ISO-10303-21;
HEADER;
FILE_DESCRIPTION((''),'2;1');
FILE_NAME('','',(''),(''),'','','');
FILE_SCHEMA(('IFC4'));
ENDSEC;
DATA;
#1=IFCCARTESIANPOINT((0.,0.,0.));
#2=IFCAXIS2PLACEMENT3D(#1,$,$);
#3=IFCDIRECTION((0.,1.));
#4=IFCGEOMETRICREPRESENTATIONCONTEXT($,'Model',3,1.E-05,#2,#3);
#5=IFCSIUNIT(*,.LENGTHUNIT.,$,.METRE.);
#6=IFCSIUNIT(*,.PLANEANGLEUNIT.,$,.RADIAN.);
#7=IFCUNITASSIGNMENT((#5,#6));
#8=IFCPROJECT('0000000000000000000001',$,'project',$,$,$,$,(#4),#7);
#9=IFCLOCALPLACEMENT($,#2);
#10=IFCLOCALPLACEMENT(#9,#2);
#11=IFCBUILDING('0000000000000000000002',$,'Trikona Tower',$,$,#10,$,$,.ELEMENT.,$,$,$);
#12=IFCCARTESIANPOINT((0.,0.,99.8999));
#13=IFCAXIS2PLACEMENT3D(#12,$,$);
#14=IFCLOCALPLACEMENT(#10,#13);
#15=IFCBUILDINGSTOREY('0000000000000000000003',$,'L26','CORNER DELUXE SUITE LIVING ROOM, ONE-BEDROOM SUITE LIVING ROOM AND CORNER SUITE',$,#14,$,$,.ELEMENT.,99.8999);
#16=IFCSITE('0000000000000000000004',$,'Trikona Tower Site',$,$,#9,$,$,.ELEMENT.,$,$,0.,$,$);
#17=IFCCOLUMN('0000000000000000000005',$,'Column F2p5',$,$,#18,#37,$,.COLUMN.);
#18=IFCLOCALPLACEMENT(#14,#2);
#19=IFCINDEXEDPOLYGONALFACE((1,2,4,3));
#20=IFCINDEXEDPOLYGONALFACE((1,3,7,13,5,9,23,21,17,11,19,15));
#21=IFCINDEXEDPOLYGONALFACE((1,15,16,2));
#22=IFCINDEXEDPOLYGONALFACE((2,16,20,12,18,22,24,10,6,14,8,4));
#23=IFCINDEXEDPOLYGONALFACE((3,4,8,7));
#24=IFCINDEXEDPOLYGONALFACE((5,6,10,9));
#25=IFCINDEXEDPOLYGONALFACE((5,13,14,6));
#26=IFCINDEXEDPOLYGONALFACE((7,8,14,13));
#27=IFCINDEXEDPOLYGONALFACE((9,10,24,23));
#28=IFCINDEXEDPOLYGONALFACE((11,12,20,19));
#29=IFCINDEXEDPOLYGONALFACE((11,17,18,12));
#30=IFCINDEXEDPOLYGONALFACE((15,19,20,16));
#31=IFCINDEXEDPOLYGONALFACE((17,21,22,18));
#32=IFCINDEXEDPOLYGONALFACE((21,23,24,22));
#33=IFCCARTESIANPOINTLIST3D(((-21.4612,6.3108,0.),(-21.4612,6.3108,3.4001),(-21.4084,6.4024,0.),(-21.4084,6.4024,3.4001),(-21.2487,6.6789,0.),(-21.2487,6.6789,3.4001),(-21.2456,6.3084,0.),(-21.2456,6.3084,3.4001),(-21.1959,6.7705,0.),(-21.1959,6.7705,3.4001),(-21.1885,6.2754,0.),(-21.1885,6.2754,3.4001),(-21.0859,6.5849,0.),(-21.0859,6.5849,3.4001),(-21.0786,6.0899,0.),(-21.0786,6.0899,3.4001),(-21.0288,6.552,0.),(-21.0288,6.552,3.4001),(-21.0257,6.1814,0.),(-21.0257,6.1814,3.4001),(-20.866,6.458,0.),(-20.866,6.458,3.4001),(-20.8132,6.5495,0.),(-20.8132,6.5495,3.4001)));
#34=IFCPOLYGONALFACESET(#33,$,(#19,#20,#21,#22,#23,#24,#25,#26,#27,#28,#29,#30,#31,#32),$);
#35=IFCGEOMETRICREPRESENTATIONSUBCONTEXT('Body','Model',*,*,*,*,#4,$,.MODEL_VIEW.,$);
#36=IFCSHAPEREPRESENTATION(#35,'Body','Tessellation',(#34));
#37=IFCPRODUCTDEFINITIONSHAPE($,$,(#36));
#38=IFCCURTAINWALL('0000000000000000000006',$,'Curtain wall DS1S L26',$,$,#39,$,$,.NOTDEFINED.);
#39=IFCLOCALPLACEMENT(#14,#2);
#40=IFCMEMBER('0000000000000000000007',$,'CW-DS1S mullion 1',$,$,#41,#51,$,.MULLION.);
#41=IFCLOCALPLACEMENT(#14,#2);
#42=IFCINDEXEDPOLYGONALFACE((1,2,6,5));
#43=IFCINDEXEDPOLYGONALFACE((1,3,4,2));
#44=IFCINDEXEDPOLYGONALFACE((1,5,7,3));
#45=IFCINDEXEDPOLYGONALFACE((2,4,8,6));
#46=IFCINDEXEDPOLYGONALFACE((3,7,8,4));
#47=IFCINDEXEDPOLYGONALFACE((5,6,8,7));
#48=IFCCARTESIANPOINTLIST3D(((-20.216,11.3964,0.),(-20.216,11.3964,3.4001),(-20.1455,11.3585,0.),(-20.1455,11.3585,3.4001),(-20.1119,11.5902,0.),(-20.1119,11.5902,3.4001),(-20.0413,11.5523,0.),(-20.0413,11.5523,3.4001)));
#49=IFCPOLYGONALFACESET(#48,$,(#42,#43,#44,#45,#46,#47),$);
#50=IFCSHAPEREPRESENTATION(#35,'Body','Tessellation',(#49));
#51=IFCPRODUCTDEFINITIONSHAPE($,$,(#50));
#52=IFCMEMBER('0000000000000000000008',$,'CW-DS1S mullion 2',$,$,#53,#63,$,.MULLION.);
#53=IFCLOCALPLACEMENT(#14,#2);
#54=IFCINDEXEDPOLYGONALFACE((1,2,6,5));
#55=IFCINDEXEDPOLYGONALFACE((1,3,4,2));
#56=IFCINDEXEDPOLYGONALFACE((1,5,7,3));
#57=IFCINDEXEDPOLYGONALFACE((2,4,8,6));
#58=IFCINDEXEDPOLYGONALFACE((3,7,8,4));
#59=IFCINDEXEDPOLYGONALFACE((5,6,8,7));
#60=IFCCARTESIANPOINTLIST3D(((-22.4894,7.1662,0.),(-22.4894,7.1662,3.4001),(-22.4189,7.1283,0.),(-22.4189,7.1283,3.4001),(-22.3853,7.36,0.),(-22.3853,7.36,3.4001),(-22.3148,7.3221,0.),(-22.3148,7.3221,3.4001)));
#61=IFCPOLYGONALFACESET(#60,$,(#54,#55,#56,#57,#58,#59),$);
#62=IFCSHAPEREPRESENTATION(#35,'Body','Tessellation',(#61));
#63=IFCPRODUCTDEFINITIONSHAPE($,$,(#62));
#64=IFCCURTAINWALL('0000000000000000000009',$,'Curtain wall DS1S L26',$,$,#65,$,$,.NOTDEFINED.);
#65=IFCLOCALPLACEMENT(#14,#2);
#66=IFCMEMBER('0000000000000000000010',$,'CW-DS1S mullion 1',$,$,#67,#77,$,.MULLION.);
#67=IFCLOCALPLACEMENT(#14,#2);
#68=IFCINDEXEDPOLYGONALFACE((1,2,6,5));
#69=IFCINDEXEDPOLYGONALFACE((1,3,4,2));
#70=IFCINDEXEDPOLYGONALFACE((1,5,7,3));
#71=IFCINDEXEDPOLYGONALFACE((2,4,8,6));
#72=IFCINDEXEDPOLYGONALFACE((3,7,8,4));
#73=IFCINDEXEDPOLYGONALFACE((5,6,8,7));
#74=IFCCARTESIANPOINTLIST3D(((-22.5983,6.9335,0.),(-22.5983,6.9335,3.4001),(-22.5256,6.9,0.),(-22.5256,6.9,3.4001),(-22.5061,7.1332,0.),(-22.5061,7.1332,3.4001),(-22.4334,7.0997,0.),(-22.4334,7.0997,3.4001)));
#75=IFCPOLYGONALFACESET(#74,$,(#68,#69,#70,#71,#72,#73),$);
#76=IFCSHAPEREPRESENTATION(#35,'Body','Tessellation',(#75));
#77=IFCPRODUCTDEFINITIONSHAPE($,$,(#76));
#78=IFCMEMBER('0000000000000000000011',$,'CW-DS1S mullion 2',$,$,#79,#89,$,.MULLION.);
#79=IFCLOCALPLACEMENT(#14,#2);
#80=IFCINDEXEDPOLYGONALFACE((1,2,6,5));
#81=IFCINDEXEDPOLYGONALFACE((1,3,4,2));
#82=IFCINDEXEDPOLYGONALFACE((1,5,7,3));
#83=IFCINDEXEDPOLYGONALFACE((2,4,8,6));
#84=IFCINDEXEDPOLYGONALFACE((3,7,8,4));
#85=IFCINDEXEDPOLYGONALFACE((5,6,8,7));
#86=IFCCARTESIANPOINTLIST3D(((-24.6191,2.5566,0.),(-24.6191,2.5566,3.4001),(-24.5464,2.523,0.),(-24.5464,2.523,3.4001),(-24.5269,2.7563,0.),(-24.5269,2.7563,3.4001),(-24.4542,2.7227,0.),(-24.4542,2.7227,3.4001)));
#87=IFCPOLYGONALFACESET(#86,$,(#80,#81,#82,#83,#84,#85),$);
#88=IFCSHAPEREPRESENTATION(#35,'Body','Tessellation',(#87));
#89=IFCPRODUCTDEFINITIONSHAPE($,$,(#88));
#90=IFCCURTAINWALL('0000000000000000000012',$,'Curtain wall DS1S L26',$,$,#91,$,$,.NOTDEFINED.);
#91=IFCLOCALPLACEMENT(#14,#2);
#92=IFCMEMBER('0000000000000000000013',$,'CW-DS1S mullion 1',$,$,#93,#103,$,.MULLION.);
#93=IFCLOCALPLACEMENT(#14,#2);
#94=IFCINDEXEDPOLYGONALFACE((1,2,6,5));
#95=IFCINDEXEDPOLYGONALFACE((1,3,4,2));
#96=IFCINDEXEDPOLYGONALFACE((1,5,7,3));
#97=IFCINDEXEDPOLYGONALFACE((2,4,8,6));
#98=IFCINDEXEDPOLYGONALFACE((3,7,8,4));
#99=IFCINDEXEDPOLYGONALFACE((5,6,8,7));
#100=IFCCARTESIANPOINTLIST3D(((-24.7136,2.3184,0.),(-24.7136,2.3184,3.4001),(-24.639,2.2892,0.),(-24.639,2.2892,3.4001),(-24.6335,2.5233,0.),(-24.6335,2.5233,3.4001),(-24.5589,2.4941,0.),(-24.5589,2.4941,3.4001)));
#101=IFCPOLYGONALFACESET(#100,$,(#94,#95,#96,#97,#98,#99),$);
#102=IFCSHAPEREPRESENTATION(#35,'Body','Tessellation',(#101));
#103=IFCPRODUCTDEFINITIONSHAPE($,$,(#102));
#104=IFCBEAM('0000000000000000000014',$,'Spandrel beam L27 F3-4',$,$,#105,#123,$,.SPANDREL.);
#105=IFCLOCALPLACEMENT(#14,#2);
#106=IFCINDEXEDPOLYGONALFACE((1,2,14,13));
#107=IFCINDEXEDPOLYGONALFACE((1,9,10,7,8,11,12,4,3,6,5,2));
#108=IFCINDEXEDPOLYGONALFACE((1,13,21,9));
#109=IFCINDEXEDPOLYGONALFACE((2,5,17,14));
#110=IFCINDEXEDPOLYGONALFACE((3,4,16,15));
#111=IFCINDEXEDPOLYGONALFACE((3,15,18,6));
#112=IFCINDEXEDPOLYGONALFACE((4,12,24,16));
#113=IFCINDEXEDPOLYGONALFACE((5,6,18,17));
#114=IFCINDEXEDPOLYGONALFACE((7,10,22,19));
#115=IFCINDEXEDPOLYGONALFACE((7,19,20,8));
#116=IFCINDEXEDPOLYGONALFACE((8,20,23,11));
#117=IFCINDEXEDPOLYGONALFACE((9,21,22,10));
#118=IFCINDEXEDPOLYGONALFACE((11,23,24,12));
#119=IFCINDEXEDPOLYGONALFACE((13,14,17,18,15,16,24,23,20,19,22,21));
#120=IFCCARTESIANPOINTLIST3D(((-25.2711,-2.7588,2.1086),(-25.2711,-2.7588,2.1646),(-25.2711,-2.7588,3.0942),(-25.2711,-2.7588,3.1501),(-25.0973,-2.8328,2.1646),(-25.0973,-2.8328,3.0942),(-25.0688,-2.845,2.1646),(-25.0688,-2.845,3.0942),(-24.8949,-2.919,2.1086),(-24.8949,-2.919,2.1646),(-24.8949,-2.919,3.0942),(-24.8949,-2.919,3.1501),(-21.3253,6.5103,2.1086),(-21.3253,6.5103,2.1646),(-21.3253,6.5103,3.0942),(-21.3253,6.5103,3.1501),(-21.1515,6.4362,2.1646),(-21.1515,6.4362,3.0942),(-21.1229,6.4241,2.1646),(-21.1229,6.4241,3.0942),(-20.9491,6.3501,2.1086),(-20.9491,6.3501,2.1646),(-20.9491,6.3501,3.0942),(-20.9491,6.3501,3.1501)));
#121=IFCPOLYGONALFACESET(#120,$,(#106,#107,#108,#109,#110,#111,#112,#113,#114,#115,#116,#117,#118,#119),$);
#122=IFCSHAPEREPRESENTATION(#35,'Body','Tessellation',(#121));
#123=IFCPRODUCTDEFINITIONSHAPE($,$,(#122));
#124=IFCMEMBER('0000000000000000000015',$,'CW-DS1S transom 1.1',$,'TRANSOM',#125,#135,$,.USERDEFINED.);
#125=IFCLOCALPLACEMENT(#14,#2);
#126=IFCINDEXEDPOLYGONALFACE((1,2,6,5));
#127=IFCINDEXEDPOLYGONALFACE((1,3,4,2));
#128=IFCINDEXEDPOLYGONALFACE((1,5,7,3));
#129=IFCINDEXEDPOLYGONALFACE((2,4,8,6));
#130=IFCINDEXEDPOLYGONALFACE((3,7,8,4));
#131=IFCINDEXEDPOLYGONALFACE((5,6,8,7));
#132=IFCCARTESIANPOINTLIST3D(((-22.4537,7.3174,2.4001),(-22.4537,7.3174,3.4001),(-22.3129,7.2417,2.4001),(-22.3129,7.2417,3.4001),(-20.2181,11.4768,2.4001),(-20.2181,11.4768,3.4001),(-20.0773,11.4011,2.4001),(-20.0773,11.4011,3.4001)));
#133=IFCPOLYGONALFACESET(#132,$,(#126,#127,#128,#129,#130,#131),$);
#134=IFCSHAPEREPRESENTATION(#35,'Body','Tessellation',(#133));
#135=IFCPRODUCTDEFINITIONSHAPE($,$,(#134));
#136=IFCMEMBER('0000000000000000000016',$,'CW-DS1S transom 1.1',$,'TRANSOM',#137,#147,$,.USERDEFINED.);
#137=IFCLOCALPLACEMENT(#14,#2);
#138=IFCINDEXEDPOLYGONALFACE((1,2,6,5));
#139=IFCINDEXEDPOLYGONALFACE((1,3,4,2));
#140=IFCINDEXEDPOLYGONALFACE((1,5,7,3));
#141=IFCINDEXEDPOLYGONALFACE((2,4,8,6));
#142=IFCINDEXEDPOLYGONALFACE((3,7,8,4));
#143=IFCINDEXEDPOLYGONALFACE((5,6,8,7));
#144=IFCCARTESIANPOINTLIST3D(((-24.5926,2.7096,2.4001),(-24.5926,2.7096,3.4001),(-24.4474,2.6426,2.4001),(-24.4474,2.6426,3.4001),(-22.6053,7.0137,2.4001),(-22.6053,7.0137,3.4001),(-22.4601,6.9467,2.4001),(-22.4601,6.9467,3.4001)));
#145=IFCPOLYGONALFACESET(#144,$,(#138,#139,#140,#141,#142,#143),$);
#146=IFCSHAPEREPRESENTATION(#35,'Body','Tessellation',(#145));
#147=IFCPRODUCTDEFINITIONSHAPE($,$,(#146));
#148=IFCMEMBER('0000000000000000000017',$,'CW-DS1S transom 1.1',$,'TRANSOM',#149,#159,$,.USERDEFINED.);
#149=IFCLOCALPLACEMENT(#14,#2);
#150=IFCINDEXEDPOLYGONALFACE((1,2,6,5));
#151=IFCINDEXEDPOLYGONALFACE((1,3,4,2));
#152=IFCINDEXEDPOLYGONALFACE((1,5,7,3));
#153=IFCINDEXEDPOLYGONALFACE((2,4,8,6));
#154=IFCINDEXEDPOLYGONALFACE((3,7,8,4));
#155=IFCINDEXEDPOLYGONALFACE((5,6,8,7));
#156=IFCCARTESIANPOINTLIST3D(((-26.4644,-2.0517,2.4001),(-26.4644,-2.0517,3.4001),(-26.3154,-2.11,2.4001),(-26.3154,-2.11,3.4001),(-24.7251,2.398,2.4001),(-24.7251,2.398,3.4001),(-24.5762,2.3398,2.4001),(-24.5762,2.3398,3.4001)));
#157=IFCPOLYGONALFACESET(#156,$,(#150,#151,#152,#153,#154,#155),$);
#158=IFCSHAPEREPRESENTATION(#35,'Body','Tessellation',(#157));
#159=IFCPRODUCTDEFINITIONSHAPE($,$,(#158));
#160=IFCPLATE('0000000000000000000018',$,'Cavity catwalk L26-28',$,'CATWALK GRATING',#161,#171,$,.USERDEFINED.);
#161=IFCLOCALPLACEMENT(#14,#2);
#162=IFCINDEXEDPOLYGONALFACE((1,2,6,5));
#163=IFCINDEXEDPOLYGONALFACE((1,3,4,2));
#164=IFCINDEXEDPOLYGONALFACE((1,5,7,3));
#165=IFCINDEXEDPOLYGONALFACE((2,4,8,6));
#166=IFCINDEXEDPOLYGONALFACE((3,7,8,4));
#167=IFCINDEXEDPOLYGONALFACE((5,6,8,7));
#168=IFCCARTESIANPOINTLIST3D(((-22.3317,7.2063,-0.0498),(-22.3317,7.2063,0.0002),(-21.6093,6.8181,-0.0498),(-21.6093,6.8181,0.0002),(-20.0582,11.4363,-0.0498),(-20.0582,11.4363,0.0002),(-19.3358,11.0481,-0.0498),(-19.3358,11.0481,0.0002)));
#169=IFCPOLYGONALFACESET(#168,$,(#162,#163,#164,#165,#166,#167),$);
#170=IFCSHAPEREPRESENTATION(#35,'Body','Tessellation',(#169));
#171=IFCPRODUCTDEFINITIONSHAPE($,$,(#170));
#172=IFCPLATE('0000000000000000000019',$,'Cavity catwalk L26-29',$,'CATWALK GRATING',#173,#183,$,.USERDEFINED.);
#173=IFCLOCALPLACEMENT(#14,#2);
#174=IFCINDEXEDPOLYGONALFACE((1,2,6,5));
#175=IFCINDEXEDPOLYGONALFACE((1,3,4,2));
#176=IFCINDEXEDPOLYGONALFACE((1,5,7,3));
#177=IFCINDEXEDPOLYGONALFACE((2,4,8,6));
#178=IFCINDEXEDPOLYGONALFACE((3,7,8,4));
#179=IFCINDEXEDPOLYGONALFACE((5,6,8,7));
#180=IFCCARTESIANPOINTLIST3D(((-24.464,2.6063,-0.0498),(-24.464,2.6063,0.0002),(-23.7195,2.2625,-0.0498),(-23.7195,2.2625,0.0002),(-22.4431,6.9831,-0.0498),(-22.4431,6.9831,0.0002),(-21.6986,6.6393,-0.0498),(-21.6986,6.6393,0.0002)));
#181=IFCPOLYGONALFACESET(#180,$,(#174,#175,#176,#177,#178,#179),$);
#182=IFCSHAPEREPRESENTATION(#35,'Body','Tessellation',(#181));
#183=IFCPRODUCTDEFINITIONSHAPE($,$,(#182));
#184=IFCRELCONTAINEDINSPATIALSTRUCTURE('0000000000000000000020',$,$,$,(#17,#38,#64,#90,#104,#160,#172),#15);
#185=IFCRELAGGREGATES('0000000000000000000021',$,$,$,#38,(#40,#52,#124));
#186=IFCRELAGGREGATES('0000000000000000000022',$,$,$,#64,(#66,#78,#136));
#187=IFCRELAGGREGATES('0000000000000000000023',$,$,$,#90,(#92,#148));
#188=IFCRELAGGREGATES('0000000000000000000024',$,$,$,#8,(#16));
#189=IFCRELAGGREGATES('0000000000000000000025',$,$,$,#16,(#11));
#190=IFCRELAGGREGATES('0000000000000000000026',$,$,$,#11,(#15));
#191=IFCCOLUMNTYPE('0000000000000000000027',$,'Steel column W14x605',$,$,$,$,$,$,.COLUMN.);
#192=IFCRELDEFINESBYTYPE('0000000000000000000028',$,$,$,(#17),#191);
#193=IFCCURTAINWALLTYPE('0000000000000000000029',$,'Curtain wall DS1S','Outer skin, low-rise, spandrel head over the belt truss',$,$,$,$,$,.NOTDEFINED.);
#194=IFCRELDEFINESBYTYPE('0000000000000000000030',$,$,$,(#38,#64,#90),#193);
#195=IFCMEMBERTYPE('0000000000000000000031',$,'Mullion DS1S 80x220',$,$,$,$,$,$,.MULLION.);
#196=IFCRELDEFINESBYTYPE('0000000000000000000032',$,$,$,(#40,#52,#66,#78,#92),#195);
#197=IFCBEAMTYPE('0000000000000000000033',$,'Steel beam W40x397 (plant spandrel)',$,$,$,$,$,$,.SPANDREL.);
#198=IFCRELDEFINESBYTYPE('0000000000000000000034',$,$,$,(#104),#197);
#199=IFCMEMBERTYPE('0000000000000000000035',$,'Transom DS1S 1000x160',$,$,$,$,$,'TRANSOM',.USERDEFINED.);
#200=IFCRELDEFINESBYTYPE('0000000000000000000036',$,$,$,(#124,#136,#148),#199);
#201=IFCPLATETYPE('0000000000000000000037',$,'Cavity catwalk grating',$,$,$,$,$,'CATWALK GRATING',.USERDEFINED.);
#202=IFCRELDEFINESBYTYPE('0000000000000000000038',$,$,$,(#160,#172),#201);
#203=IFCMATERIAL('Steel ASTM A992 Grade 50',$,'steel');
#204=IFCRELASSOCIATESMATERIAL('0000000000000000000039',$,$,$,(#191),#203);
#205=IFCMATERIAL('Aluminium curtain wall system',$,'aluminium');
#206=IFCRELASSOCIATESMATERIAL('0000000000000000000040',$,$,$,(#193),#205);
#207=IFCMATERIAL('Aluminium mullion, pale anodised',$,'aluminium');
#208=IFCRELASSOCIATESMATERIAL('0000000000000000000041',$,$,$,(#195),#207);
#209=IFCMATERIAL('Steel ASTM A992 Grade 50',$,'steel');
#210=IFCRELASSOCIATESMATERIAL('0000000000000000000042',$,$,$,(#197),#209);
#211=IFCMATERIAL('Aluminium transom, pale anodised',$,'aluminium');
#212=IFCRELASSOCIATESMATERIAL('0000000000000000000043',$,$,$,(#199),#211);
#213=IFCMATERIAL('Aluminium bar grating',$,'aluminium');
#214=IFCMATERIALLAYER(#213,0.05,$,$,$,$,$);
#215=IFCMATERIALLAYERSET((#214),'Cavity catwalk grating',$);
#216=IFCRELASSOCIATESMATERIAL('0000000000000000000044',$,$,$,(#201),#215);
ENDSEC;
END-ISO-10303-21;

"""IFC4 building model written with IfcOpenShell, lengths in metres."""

from ifc_helpers import new_model, si_unit, direction, frame, origin, origin_2d, place, context, subcontext, project, spatial, rectangle, i_section, extrude, material, layer, layer_set, material_profile, profile_set, type_object, element, aggregate, save


model = new_model("IFC4")

# Units and contexts
model_context = context("Model", 3, precision=1e-05, world=origin(), true_north=direction((0.0, 1.0)))
body_context = subcontext(model_context, "Body", "Model", "MODEL_VIEW")
ifc_project = project(units=[si_unit("LENGTHUNIT", "METRE"), si_unit("PLANEANGLEUNIT", "RADIAN")], contexts=[model_context])

# Site, building, storey
site_placement = place(None, origin())
site = spatial("IfcSite", under=ifc_project, at=site_placement, Name="Trikona Tower Site", CompositionType="ELEMENT", RefElevation=0.0)
building_placement = place(site_placement, origin())
building = spatial("IfcBuilding", under=site, at=building_placement, Name="Trikona Tower", CompositionType="ELEMENT")
storey_placement = place(building_placement, frame((0.0, 0.0, 99.8999)))
storey = spatial("IfcBuildingStorey", under=building, at=storey_placement, Name="L26", Description="CORNER DELUXE SUITE LIVING ROOM, ONE-BEDROOM SUITE LIVING ROOM AND CORNER SUITE", CompositionType="ELEMENT", Elevation=99.8999)

# Column
ifc_material_1 = material(Name="Steel ASTM A992 Grade 50", Category="steel")
ifc_material_profile_1 = material_profile(ifc_material_1, i_section(OverallWidth=0.4419, OverallDepth=0.5308, WebThickness=0.0659, FlangeThickness=0.1057, at=origin_2d()), Name="W14X605")
ifc_profile_set_1 = profile_set([ifc_material_profile_1], Name="Steel ASTM A992 Grade 50")
column_type = type_object("IfcColumnType", Name="Steel column W14x605", PredefinedType="COLUMN", material=ifc_profile_set_1)
column_placement = place(storey_placement, frame((-21.1372, 6.4302, 0.0), z_axis=(0.0, 0.0, 1.0), x_axis=(-0.866025, 0.5, 0.0)))
element("IfcColumn", 1, at=column_placement, inside=storey, type_object=column_type, Name="Column F2p5", PredefinedType="COLUMN", context=body_context, shape_type="SweptSolid", body=[
    extrude(i_section(OverallWidth=0.4419, OverallDepth=0.5308, WebThickness=0.0659, FlangeThickness=0.1057, at=origin_2d()), origin(), (0.0, 0.0, 1.0), 3.4001),
])

# Curtain walls, members
ifc_material_2 = material(Name="Aluminium curtain wall system", Category="aluminium")
curtain_wall_type = type_object("IfcCurtainWallType", Name="Curtain wall DS1S", Description="Outer skin, low-rise, spandrel head over the belt truss", PredefinedType="NOTDEFINED", material=ifc_material_2)
curtain_wall_1_placement = place(storey_placement, origin())
curtain_wall_1 = element("IfcCurtainWall", 2, at=curtain_wall_1_placement, inside=storey, type_object=curtain_wall_type, Name="Curtain wall DS1S L26", PredefinedType="NOTDEFINED")
ifc_material_3 = material(Name="Aluminium mullion, pale anodised", Category="aluminium")
ifc_material_profile_2 = material_profile(ifc_material_3, rectangle(XDim=0.0801, YDim=0.22, at=origin_2d()), Name="MUL-DS1S")
ifc_profile_set_2 = profile_set([ifc_material_profile_2], Name="Aluminium mullion, pale anodised")
member_type_1 = type_object("IfcMemberType", Name="Mullion DS1S 80x220", PredefinedType="MULLION", material=ifc_profile_set_2)
member_1_placement = place(storey_placement, frame((-20.1287, 11.4744, 0.0), z_axis=(0.0, 0.0, 1.0), x_axis=(0.880843, -0.473408, 0.0)))
member_1 = element("IfcMember", 3, at=member_1_placement, type_object=member_type_1, Name="CW-DS1S mullion 1", PredefinedType="MULLION", context=body_context, shape_type="SweptSolid", body=[
    extrude(rectangle(XDim=0.0801, YDim=0.22, at=origin_2d()), origin(), (0.0, 0.0, 1.0), 3.4001),
])
member_2_placement = place(storey_placement, frame((-22.4021, 7.2441, 0.0), z_axis=(0.0, 0.0, 1.0), x_axis=(0.880843, -0.473408, 0.0)))
member_2 = element("IfcMember", 4, at=member_2_placement, type_object=member_type_1, Name="CW-DS1S mullion 2", PredefinedType="MULLION", context=body_context, shape_type="SweptSolid", body=[
    extrude(rectangle(XDim=0.0801, YDim=0.22, at=origin_2d()), origin(), (0.0, 0.0, 1.0), 3.4001),
])
curtain_wall_2_placement = place(storey_placement, origin())
curtain_wall_2 = element("IfcCurtainWall", 5, at=curtain_wall_2_placement, inside=storey, type_object=curtain_wall_type, Name="Curtain wall DS1S L26", PredefinedType="NOTDEFINED")
member_3_placement = place(storey_placement, frame((-22.5159, 7.0166, 0.0), z_axis=(0.0, 0.0, 1.0), x_axis=(0.907898, -0.41919, 0.0)))
member_3 = element("IfcMember", 6, at=member_3_placement, type_object=member_type_1, Name="CW-DS1S mullion 1", PredefinedType="MULLION", context=body_context, shape_type="SweptSolid", body=[
    extrude(rectangle(XDim=0.0801, YDim=0.22, at=origin_2d()), origin(), (0.0, 0.0, 1.0), 3.4001),
])
member_4_placement = place(storey_placement, frame((-24.5366, 2.6396, 0.0), z_axis=(0.0, 0.0, 1.0), x_axis=(0.907898, -0.41919, 0.0)))
member_4 = element("IfcMember", 7, at=member_4_placement, type_object=member_type_1, Name="CW-DS1S mullion 2", PredefinedType="MULLION", context=body_context, shape_type="SweptSolid", body=[
    extrude(rectangle(XDim=0.0801, YDim=0.22, at=origin_2d()), origin(), (0.0, 0.0, 1.0), 3.4001),
])

# Curtain wall, member
curtain_wall_3_placement = place(storey_placement, origin())
curtain_wall_3 = element("IfcCurtainWall", 8, at=curtain_wall_3_placement, inside=storey, type_object=curtain_wall_type, Name="Curtain wall DS1S L26", PredefinedType="NOTDEFINED")
member_5_placement = place(storey_placement, frame((-24.6362, 2.4062, 0.0), z_axis=(0.0, 0.0, 1.0), x_axis=(0.931396, -0.364008, 0.0)))
member_5 = element("IfcMember", 9, at=member_5_placement, type_object=member_type_1, Name="CW-DS1S mullion 1", PredefinedType="MULLION", context=body_context, shape_type="SweptSolid", body=[
    extrude(rectangle(XDim=0.0801, YDim=0.22, at=origin_2d()), origin(), (0.0, 0.0, 1.0), 3.4001),
])

# Beam
ifc_material_4 = material(Name="Steel ASTM A992 Grade 50", Category="steel")
ifc_material_profile_3 = material_profile(ifc_material_4, i_section(OverallWidth=0.4089, OverallDepth=1.0415, WebThickness=0.031, FlangeThickness=0.0559, at=origin_2d()), Name="W40X397")
ifc_profile_set_3 = profile_set([ifc_material_profile_3], Name="Steel ASTM A992 Grade 50")
beam_type = type_object("IfcBeamType", Name="Steel beam W40x397 (plant spandrel)", PredefinedType="SPANDREL", material=ifc_profile_set_3)
beam_placement = place(storey_placement, frame((-21.1372, 6.4302, 2.6294), z_axis=(-0.391684, -0.9201, 0.0), x_axis=(0.9201, -0.391684, 0.0)))
element("IfcBeam", 10, at=beam_placement, inside=storey, type_object=beam_type, Name="Spandrel beam L27 F3-4", PredefinedType="SPANDREL", context=body_context, shape_type="SweptSolid", body=[
    extrude(i_section(OverallWidth=0.4089, OverallDepth=1.0415, WebThickness=0.031, FlangeThickness=0.0559, at=origin_2d()), origin(), (0.0, 0.0, 1.0), 10.074),
])

# Members
ifc_material_5 = material(Name="Aluminium transom, pale anodised", Category="aluminium")
ifc_material_profile_4 = material_profile(ifc_material_5, rectangle(XDim=0.1599, YDim=1.0, at=origin_2d()), Name="TRN-DS1S")
ifc_profile_set_4 = profile_set([ifc_material_profile_4], Name="Aluminium transom, pale anodised")
member_type_2 = type_object("IfcMemberType", Name="Transom DS1S 1000x160", ElementType="TRANSOM", PredefinedType="USERDEFINED", material=ifc_profile_set_4)
member_6_placement = place(storey_placement, frame((-20.1477, 11.439, 2.9001), z_axis=(-0.473428, -0.880833, 0.0), x_axis=(0.880833, -0.473428, 0.0)))
member_6 = element("IfcMember", 11, at=member_6_placement, type_object=member_type_2, Name="CW-DS1S transom 1.1", ObjectType="TRANSOM", PredefinedType="USERDEFINED", context=body_context, shape_type="SweptSolid", body=[
    extrude(rectangle(XDim=0.1599, YDim=1.0, at=origin_2d()), origin(), (0.0, 0.0, 1.0), 4.7222),
])
member_7_placement = place(storey_placement, frame((-22.5327, 6.9802, 2.9001), z_axis=(-0.419189, -0.907899, 0.0), x_axis=(0.907899, -0.419189, 0.0)))
member_7 = element("IfcMember", 12, at=member_7_placement, type_object=member_type_2, Name="CW-DS1S transom 1.1", ObjectType="TRANSOM", PredefinedType="USERDEFINED", context=body_context, shape_type="SweptSolid", body=[
    extrude(rectangle(XDim=0.1599, YDim=1.0, at=origin_2d()), origin(), (0.0, 0.0, 1.0), 4.7407),
])
member_8_placement = place(storey_placement, frame((-24.6506, 2.3689, 2.9001), z_axis=(-0.364049, -0.93138, 0.0), x_axis=(0.93138, -0.364049, 0.0)))
member_8 = element("IfcMember", 13, at=member_8_placement, type_object=member_type_2, Name="CW-DS1S transom 1.1", ObjectType="TRANSOM", PredefinedType="USERDEFINED", context=body_context, shape_type="SweptSolid", body=[
    extrude(rectangle(XDim=0.1599, YDim=1.0, at=origin_2d()), origin(), (0.0, 0.0, 1.0), 4.7776),
])

# Plates
ifc_material_6 = material(Name="Aluminium bar grating", Category="aluminium")
ifc_layer_1 = layer(ifc_material_6, 0.05)
ifc_layer_set_1 = layer_set([ifc_layer_1], Name="Cavity catwalk grating")
plate_type_1 = type_object("IfcPlateType", Name="Cavity catwalk grating", ElementType="CATWALK GRATING", PredefinedType="USERDEFINED", material=ifc_layer_set_1)
plate_1_placement = place(storey_placement, frame((-20.8337, 9.1272, -0.0498), z_axis=(0.0, 0.0, 1.0), x_axis=(-0.473423, -0.880835, 0.0)))
element("IfcPlate", 14, at=plate_1_placement, inside=storey, type_object=plate_type_1, Name="Cavity catwalk L26-28", ObjectType="CATWALK GRATING", PredefinedType="USERDEFINED", context=body_context, shape_type="SweptSolid", body=[
    extrude(rectangle(XDim=4.8022, YDim=0.8201, at=origin_2d()), origin(), (0.0, 0.0, 1.0), 0.05),
])
plate_2_placement = place(storey_placement, frame((-23.0813, 4.6228, -0.0498), z_axis=(0.0, 0.0, 1.0), x_axis=(-0.419194, -0.907897, 0.0)))
element("IfcPlate", 15, at=plate_2_placement, inside=storey, type_object=plate_type_1, Name="Cavity catwalk L26-29", ObjectType="CATWALK GRATING", PredefinedType="USERDEFINED", context=body_context, shape_type="SweptSolid", body=[
    extrude(rectangle(XDim=4.8208, YDim=0.8201, at=origin_2d()), origin(), (0.0, 0.0, 1.0), 0.05),
])

aggregate(curtain_wall_1, [member_1, member_2, member_6])
aggregate(curtain_wall_2, [member_3, member_4, member_7])
aggregate(curtain_wall_3, [member_5, member_8])

save(model, "model.ifc")
